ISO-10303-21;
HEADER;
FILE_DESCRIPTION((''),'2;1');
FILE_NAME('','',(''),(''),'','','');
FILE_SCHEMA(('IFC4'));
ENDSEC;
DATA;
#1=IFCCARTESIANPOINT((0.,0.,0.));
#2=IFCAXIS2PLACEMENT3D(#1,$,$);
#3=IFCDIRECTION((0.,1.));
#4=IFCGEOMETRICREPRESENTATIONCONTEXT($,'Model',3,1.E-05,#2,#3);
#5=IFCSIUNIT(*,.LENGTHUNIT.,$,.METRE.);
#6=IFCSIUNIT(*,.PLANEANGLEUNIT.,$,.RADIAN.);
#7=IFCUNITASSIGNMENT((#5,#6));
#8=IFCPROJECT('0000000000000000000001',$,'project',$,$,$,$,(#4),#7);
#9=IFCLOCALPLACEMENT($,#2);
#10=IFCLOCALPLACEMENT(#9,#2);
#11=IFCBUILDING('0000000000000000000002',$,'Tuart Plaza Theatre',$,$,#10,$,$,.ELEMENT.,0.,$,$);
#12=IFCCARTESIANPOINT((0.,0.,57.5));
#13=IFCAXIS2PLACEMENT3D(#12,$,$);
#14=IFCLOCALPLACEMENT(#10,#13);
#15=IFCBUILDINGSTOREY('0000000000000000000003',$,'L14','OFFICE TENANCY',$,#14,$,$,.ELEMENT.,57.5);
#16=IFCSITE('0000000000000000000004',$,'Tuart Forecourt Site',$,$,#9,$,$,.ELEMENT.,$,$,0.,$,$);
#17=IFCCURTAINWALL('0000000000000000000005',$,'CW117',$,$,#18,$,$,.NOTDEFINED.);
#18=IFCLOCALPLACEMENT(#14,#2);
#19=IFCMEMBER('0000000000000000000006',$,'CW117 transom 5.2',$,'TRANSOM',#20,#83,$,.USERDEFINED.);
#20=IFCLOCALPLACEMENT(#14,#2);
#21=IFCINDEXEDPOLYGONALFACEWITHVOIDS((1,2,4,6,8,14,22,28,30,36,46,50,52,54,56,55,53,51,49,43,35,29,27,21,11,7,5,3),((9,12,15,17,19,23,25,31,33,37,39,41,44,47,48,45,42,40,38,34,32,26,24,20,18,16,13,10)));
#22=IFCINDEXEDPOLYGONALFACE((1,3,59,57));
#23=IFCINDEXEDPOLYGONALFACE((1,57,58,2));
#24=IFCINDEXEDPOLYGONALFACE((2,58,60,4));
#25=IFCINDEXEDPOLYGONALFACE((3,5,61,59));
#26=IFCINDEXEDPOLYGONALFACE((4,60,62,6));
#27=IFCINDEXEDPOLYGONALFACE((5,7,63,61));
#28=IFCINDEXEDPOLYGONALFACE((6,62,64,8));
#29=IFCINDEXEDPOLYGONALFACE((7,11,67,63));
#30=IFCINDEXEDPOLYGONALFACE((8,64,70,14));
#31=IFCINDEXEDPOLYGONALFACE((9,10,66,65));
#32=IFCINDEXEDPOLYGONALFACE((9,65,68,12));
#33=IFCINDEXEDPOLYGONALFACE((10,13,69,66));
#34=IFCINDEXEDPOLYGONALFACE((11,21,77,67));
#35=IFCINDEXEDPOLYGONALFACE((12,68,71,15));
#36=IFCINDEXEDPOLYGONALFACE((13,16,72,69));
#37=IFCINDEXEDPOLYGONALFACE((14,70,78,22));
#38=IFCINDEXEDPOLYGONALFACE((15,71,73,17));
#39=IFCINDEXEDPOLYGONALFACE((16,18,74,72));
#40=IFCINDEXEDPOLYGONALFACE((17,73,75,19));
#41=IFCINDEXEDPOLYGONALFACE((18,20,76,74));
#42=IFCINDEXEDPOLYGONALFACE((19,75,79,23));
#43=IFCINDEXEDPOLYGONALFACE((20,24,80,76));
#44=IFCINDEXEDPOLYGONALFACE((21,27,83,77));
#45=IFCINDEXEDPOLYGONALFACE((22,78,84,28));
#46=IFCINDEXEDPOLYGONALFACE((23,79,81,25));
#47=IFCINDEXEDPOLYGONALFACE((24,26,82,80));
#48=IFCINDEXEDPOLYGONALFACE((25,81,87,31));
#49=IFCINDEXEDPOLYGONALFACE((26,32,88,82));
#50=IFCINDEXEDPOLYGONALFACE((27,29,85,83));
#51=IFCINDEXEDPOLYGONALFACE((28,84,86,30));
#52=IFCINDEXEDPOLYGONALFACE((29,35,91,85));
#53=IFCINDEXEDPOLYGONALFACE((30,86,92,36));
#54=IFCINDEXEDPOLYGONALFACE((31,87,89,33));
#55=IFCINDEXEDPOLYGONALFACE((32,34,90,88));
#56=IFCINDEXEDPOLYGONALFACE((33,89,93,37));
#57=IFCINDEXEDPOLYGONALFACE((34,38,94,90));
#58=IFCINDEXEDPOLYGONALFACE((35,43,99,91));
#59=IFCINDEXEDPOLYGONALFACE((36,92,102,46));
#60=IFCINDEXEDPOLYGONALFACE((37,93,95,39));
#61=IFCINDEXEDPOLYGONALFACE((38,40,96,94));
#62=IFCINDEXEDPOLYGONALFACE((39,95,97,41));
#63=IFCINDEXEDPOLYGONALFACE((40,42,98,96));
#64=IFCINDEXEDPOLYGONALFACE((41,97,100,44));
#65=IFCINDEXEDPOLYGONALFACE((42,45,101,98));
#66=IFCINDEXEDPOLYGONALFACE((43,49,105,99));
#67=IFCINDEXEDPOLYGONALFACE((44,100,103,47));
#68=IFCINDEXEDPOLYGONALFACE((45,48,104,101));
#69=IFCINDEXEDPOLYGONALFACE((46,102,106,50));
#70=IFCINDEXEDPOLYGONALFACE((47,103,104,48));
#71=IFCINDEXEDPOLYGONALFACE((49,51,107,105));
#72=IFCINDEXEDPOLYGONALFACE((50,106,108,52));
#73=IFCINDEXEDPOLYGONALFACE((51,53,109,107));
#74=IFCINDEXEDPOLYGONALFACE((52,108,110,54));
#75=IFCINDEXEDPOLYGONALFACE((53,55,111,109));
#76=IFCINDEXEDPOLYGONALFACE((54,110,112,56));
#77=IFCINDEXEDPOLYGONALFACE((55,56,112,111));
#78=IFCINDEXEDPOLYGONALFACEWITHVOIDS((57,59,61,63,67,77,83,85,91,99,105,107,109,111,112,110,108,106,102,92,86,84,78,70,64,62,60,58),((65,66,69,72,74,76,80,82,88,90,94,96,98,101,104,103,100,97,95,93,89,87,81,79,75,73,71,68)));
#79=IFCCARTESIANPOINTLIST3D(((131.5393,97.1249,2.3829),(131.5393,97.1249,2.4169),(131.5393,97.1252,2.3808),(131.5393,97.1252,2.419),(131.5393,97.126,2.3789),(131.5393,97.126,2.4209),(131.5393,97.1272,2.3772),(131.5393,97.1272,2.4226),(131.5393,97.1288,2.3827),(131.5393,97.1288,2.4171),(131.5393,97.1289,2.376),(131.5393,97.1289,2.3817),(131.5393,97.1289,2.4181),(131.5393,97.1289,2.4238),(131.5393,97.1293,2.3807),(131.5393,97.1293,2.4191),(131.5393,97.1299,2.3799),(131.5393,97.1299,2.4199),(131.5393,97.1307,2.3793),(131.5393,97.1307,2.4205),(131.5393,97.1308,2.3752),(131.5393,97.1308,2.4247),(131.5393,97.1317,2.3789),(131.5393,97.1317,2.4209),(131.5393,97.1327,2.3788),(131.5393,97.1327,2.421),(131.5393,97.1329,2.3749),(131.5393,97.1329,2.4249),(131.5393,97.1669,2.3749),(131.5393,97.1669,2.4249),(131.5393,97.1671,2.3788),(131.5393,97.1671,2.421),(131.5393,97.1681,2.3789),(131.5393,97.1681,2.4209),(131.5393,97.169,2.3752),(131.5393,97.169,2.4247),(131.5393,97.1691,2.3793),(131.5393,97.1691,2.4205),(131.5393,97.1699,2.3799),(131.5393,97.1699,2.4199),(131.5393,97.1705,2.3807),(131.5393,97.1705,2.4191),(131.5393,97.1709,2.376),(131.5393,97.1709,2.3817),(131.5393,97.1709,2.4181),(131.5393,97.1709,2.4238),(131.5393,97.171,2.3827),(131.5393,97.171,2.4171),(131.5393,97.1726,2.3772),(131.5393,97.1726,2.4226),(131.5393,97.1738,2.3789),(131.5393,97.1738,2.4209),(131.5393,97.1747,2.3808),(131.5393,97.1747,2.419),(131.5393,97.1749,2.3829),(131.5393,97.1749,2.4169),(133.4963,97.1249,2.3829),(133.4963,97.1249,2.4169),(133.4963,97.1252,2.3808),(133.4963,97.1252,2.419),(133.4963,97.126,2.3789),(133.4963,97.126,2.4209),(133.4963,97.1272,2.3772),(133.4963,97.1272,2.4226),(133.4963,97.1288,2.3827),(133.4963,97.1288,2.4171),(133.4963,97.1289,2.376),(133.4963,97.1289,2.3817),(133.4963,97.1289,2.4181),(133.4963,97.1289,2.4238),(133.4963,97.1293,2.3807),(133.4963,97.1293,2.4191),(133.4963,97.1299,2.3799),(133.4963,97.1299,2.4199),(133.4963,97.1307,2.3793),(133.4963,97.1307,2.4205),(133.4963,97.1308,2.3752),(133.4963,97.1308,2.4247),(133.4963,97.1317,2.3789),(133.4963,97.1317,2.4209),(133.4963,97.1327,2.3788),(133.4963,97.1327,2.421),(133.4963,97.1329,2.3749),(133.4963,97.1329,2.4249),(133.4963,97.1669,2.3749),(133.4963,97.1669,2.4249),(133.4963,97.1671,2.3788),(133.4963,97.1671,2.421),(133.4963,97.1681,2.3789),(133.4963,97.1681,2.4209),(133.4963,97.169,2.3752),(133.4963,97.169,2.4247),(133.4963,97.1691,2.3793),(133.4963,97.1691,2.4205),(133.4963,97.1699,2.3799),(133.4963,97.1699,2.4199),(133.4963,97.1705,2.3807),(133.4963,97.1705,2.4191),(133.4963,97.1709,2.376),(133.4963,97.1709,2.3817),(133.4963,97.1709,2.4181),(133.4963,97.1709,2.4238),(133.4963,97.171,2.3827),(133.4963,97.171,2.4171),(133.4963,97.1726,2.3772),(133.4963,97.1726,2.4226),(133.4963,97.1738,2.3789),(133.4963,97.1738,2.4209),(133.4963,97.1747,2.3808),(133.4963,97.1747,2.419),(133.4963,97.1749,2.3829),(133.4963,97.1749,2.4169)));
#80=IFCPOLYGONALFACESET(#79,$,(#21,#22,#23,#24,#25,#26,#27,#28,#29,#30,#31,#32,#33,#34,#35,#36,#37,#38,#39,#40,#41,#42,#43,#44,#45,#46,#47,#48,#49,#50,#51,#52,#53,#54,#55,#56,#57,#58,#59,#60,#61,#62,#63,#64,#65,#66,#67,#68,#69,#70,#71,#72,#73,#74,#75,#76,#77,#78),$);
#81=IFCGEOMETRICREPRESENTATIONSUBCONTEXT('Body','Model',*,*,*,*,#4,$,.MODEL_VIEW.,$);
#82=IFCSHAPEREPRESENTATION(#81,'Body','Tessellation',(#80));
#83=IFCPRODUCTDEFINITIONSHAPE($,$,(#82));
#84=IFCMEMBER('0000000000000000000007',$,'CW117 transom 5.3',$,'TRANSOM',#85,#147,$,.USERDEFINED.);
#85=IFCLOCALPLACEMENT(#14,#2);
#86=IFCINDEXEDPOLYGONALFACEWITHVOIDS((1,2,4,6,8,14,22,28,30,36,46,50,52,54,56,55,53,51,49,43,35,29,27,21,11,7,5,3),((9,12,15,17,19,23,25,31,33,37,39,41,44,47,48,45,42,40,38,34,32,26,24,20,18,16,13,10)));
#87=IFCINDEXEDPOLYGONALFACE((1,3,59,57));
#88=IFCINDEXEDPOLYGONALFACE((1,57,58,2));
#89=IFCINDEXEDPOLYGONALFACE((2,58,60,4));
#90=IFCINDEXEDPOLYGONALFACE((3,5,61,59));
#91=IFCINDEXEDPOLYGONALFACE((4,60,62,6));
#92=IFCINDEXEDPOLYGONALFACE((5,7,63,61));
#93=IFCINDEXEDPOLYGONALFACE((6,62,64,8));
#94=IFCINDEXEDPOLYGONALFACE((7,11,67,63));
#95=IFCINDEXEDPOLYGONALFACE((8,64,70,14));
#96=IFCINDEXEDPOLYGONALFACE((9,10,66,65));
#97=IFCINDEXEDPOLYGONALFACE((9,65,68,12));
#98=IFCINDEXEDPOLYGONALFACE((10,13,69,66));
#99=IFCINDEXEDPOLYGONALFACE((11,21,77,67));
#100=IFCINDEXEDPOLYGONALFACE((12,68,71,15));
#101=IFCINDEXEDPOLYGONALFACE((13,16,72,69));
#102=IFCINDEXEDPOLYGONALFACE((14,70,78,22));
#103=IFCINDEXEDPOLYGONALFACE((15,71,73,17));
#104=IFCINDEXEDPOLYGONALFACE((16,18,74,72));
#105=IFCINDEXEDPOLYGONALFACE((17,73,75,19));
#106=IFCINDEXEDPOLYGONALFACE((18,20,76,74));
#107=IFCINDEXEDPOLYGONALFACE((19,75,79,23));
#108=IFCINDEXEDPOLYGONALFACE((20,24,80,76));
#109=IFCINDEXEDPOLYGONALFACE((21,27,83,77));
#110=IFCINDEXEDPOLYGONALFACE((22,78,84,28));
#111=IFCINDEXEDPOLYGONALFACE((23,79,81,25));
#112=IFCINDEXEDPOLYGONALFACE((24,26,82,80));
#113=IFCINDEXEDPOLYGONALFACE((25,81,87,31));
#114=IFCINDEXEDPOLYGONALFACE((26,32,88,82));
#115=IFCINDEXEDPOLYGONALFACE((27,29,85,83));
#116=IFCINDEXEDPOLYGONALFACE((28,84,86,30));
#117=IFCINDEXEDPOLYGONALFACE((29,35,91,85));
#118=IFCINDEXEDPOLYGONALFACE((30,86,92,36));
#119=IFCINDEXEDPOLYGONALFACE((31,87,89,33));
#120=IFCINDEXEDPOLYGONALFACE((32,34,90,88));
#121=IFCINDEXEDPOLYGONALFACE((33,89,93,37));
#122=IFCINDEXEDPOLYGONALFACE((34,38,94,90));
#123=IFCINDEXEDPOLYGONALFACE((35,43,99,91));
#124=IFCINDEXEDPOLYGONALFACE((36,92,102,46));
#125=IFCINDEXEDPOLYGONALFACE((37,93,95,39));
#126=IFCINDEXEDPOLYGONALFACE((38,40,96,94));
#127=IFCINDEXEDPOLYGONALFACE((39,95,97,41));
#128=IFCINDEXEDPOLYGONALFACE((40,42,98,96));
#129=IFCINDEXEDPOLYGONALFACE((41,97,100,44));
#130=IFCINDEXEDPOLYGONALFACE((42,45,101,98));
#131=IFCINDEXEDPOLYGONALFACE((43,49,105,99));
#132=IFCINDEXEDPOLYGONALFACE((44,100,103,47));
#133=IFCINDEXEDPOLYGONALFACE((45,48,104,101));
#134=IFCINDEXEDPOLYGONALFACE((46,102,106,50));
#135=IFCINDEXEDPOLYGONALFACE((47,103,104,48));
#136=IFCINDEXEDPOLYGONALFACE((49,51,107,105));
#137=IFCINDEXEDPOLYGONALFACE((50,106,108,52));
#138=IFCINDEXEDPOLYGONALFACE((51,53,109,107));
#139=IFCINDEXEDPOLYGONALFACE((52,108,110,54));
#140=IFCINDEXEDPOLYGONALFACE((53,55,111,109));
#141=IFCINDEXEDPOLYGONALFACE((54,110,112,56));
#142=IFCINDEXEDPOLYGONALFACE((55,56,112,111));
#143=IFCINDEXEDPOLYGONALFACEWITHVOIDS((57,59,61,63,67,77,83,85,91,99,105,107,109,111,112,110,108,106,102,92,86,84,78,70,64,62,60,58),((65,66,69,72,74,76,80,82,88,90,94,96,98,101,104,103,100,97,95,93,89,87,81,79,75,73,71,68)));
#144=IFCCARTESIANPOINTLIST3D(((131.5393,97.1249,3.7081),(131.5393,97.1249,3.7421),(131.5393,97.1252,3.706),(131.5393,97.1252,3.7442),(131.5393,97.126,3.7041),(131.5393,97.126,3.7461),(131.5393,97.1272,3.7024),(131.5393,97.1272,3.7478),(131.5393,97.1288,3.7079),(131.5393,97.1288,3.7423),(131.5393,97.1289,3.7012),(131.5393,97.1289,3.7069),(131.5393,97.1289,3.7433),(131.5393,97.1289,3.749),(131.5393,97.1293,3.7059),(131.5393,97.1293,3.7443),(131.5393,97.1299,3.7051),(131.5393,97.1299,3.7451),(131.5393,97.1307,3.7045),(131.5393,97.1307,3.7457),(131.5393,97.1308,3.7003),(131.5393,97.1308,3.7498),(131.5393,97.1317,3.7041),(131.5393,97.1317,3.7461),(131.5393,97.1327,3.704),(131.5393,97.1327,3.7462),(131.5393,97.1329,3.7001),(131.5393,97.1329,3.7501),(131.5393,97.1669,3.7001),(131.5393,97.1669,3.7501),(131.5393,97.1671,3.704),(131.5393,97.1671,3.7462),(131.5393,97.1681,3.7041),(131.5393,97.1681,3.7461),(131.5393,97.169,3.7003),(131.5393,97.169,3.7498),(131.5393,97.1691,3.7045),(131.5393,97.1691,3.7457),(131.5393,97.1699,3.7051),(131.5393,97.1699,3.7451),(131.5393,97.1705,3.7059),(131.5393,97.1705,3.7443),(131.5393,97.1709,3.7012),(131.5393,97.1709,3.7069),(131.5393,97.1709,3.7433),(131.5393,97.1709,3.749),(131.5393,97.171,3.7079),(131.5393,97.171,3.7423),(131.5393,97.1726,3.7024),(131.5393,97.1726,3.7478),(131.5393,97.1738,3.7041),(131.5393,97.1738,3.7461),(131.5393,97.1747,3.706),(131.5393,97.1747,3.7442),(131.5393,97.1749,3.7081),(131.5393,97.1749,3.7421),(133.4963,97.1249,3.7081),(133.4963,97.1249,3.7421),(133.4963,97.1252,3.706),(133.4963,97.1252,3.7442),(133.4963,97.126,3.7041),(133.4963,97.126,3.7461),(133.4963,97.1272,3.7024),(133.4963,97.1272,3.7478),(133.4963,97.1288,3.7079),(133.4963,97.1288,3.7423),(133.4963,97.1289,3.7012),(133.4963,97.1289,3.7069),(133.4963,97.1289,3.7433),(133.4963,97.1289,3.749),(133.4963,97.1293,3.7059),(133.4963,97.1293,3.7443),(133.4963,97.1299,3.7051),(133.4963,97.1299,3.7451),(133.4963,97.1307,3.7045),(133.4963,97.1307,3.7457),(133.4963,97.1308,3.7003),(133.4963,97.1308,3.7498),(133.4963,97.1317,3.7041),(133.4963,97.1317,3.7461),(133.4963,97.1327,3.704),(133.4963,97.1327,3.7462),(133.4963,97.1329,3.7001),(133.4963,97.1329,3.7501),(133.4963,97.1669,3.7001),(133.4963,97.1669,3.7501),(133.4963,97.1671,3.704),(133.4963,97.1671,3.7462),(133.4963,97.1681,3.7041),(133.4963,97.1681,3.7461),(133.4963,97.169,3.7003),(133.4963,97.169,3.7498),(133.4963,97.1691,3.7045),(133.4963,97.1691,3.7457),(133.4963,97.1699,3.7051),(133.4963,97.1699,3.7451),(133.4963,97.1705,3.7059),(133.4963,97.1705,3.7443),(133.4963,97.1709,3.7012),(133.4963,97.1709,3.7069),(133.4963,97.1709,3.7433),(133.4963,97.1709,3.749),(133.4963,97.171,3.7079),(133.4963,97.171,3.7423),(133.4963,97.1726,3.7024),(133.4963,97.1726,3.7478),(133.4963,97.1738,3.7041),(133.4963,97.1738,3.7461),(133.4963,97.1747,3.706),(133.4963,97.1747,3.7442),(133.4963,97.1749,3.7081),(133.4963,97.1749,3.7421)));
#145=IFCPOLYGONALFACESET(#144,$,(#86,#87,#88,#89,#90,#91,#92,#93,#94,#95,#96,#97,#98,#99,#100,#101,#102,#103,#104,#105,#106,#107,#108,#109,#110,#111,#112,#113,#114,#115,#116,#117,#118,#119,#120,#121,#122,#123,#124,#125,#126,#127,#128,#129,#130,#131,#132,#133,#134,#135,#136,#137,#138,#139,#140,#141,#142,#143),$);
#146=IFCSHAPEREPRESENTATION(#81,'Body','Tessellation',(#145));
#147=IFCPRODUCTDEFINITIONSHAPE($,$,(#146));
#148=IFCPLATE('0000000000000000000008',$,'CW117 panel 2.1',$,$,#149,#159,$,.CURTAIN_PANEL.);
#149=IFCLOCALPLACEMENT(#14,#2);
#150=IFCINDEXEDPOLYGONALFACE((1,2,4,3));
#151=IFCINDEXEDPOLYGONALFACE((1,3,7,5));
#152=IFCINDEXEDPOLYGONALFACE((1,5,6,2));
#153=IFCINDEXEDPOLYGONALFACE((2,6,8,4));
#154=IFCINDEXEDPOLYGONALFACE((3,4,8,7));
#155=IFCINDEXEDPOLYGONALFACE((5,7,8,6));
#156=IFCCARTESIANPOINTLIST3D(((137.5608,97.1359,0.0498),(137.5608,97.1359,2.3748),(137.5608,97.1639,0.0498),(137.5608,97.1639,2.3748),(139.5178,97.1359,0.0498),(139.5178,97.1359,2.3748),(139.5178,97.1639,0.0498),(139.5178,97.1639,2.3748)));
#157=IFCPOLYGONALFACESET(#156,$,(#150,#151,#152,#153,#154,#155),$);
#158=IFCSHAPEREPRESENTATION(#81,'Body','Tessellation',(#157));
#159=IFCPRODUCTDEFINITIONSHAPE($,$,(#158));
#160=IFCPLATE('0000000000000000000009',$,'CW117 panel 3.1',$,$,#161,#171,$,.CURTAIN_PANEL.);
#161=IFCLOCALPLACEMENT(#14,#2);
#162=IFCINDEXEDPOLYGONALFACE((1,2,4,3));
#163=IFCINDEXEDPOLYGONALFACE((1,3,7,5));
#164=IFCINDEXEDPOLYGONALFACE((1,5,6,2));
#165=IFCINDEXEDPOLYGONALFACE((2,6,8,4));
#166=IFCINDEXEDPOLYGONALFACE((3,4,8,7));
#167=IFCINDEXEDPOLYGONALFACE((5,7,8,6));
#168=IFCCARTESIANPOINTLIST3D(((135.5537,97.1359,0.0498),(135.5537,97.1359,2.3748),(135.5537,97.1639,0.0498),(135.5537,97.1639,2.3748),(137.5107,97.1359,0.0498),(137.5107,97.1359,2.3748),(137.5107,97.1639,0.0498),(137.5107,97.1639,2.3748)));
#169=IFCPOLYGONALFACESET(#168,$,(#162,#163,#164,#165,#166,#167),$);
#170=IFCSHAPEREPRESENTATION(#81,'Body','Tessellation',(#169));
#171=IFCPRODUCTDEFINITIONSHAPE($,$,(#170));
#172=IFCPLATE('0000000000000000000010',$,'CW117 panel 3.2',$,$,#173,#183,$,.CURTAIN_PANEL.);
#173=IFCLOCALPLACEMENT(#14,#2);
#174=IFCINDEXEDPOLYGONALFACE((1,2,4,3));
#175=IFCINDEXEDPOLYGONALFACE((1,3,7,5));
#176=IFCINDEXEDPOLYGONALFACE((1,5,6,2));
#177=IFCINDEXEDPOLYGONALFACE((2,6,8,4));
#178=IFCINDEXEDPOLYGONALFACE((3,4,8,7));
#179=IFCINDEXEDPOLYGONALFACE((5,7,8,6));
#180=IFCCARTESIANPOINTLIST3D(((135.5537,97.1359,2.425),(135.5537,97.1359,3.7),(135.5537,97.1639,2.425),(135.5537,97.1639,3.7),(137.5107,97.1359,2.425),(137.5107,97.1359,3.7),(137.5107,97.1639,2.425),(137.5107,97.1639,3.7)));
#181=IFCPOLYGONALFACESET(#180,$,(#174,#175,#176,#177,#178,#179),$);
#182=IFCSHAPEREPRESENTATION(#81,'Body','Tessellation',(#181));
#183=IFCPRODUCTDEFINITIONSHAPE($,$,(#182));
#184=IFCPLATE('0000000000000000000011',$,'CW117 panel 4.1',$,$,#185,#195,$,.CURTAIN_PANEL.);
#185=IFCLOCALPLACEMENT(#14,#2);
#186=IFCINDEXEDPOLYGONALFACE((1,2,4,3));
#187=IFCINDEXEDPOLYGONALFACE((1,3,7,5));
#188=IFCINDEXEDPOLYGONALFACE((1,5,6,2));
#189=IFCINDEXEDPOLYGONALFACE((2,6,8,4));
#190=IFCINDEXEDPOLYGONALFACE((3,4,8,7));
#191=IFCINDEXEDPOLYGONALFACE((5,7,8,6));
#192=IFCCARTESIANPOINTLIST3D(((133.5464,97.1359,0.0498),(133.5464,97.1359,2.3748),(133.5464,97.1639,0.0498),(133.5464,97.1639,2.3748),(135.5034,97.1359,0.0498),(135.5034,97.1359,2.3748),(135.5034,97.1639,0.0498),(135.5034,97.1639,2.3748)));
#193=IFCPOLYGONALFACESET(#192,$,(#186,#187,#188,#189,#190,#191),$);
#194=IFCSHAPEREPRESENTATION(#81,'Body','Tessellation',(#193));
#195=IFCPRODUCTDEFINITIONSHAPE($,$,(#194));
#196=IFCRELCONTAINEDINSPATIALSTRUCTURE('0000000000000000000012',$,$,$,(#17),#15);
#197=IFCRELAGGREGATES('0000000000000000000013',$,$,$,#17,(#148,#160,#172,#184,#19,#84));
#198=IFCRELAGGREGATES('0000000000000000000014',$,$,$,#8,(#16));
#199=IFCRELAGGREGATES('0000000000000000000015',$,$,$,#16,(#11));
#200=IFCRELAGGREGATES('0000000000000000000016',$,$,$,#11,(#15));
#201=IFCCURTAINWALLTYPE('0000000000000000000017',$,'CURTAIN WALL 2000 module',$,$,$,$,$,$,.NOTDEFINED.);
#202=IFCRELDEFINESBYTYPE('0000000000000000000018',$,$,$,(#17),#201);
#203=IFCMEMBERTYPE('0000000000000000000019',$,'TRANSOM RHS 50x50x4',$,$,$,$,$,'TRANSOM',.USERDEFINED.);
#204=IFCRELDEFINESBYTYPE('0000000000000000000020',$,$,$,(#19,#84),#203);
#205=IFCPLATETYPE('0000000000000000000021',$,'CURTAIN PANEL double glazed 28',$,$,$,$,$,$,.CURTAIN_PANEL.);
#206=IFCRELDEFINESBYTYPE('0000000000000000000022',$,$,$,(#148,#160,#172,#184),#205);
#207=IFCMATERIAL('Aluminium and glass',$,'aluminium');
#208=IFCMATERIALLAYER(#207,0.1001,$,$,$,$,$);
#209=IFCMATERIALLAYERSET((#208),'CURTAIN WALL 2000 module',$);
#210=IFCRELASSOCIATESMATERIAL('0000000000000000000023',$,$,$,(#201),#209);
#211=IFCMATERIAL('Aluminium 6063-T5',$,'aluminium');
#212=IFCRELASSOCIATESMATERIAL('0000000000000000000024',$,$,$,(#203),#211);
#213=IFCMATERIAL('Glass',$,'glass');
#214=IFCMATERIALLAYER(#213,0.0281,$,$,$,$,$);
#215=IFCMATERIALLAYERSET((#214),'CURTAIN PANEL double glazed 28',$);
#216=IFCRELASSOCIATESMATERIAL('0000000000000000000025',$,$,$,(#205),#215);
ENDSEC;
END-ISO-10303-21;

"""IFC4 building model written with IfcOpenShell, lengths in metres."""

from ifc_helpers import new_model, si_unit, direction, frame, origin, origin_2d, place, context, subcontext, project, spatial, rectangle, hollow_rectangle, extrude, material, layer, layer_set, material_profile, profile_set, type_object, element, aggregate, save


model = new_model("IFC4")

# Units and contexts
model_context = context("Model", 3, precision=1e-05, world=origin(), true_north=direction((0.0, 1.0)))
body_context = subcontext(model_context, "Body", "Model", "MODEL_VIEW")
ifc_project = project(units=[si_unit("LENGTHUNIT", "METRE"), si_unit("PLANEANGLEUNIT", "RADIAN")], contexts=[model_context])

# Site, building, storey
site_placement = place(None, origin())
site = spatial("IfcSite", under=ifc_project, at=site_placement, Name="Tuart Forecourt Site", CompositionType="ELEMENT", RefElevation=0.0)
building_placement = place(site_placement, origin())
building = spatial("IfcBuilding", under=site, at=building_placement, Name="Tuart Plaza Theatre", CompositionType="ELEMENT", ElevationOfRefHeight=0.0)
storey_placement = place(building_placement, frame((0.0, 0.0, 57.5)))
storey = spatial("IfcBuildingStorey", under=building, at=storey_placement, Name="L14", Description="OFFICE TENANCY", CompositionType="ELEMENT", Elevation=57.5)

# Curtain wall, members, plates
ifc_material_1 = material(Name="Aluminium and glass", Category="aluminium")
ifc_layer_1 = layer(ifc_material_1, 0.1001)
ifc_layer_set_1 = layer_set([ifc_layer_1], Name="CURTAIN WALL 2000 module")
curtain_wall_type = type_object("IfcCurtainWallType", Name="CURTAIN WALL 2000 module", PredefinedType="NOTDEFINED", material=ifc_layer_set_1)
curtain_wall_placement = place(storey_placement, origin())
curtain_wall = element("IfcCurtainWall", 1, at=curtain_wall_placement, inside=storey, type_object=curtain_wall_type, Name="CW117", PredefinedType="NOTDEFINED")
ifc_material_2 = material(Name="Aluminium 6063-T5", Category="aluminium")
ifc_material_profile_1 = material_profile(ifc_material_2, hollow_rectangle(XDim=0.05, YDim=0.05, WallThickness=0.0039, InnerFilletRadius=0.0039, OuterFilletRadius=0.0081, at=origin_2d()), Name="RHS 50x50x4")
ifc_profile_set_1 = profile_set([ifc_material_profile_1], Name="Aluminium 6063-T5")
member_type_1 = type_object("IfcMemberType", Name="TRANSOM RHS 50x50x4", ElementType="TRANSOM", PredefinedType="USERDEFINED", material=ifc_profile_set_1)
member_1_placement = place(storey_placement, frame((133.4963, 97.1499, 2.3999), z_axis=(-1.0, 0.0, 0.0), x_axis=(0.0, -1.0, 0.0)))
member_1 = element("IfcMember", 2, at=member_1_placement, type_object=member_type_1, Name="CW117 transom 5.2", ObjectType="TRANSOM", PredefinedType="USERDEFINED", context=body_context, shape_type="SweptSolid", body=[
    extrude(hollow_rectangle(XDim=0.05, YDim=0.05, WallThickness=0.0039, InnerFilletRadius=0.0039, OuterFilletRadius=0.0081, at=origin_2d()), origin(), (0.0, 0.0, 1.0), 1.957),
])
member_2_placement = place(storey_placement, frame((133.4963, 97.1499, 3.7251), z_axis=(-1.0, 0.0, 0.0), x_axis=(0.0, -1.0, 0.0)))
member_2 = element("IfcMember", 3, at=member_2_placement, type_object=member_type_1, Name="CW117 transom 5.3", ObjectType="TRANSOM", PredefinedType="USERDEFINED", context=body_context, shape_type="SweptSolid", body=[
    extrude(hollow_rectangle(XDim=0.05, YDim=0.05, WallThickness=0.0039, InnerFilletRadius=0.0039, OuterFilletRadius=0.0081, at=origin_2d()), origin(), (0.0, 0.0, 1.0), 1.957),
])
ifc_material_3 = material(Name="Glass", Category="glass")
ifc_layer_2 = layer(ifc_material_3, 0.0281)
ifc_layer_set_2 = layer_set([ifc_layer_2], Name="CURTAIN PANEL double glazed 28")
plate_type = type_object("IfcPlateType", Name="CURTAIN PANEL double glazed 28", PredefinedType="CURTAIN_PANEL", material=ifc_layer_set_2)
plate_1_placement = place(storey_placement, frame((138.5393, 97.1499, 0.0498), z_axis=(0.0, 0.0, 1.0), x_axis=(-1.0, 0.0, 0.0)))
plate_1 = element("IfcPlate", 4, at=plate_1_placement, type_object=plate_type, Name="CW117 panel 2.1", PredefinedType="CURTAIN_PANEL", context=body_context, shape_type="SweptSolid", body=[
    extrude(rectangle(XDim=1.957, YDim=0.0281, at=origin_2d()), origin(), (0.0, 0.0, 1.0), 2.325),
])
plate_2_placement = place(storey_placement, frame((136.5322, 97.1499, 0.0498), z_axis=(0.0, 0.0, 1.0), x_axis=(-1.0, 0.0, 0.0)))
plate_2 = element("IfcPlate", 5, at=plate_2_placement, type_object=plate_type, Name="CW117 panel 3.1", PredefinedType="CURTAIN_PANEL", context=body_context, shape_type="SweptSolid", body=[
    extrude(rectangle(XDim=1.957, YDim=0.0281, at=origin_2d()), origin(), (0.0, 0.0, 1.0), 2.325),
])
plate_3_placement = place(storey_placement, frame((136.5322, 97.1499, 2.425), z_axis=(0.0, 0.0, 1.0), x_axis=(-1.0, 0.0, 0.0)))
plate_3 = element("IfcPlate", 6, at=plate_3_placement, type_object=plate_type, Name="CW117 panel 3.2", PredefinedType="CURTAIN_PANEL", context=body_context, shape_type="SweptSolid", body=[
    extrude(rectangle(XDim=1.957, YDim=0.0281, at=origin_2d()), origin(), (0.0, 0.0, 1.0), 1.2749),
])
plate_4_placement = place(storey_placement, frame((134.5249, 97.1499, 0.0498), z_axis=(0.0, 0.0, 1.0), x_axis=(-1.0, 0.0, 0.0)))
plate_4 = element("IfcPlate", 7, at=plate_4_placement, type_object=plate_type, Name="CW117 panel 4.1", PredefinedType="CURTAIN_PANEL", context=body_context, shape_type="SweptSolid", body=[
    extrude(rectangle(XDim=1.957, YDim=0.0281, at=origin_2d()), origin(), (0.0, 0.0, 1.0), 2.325),
])
aggregate(curtain_wall, [plate_1, plate_2, plate_3, plate_4, member_1, member_2])

save(model, "model.ifc")
